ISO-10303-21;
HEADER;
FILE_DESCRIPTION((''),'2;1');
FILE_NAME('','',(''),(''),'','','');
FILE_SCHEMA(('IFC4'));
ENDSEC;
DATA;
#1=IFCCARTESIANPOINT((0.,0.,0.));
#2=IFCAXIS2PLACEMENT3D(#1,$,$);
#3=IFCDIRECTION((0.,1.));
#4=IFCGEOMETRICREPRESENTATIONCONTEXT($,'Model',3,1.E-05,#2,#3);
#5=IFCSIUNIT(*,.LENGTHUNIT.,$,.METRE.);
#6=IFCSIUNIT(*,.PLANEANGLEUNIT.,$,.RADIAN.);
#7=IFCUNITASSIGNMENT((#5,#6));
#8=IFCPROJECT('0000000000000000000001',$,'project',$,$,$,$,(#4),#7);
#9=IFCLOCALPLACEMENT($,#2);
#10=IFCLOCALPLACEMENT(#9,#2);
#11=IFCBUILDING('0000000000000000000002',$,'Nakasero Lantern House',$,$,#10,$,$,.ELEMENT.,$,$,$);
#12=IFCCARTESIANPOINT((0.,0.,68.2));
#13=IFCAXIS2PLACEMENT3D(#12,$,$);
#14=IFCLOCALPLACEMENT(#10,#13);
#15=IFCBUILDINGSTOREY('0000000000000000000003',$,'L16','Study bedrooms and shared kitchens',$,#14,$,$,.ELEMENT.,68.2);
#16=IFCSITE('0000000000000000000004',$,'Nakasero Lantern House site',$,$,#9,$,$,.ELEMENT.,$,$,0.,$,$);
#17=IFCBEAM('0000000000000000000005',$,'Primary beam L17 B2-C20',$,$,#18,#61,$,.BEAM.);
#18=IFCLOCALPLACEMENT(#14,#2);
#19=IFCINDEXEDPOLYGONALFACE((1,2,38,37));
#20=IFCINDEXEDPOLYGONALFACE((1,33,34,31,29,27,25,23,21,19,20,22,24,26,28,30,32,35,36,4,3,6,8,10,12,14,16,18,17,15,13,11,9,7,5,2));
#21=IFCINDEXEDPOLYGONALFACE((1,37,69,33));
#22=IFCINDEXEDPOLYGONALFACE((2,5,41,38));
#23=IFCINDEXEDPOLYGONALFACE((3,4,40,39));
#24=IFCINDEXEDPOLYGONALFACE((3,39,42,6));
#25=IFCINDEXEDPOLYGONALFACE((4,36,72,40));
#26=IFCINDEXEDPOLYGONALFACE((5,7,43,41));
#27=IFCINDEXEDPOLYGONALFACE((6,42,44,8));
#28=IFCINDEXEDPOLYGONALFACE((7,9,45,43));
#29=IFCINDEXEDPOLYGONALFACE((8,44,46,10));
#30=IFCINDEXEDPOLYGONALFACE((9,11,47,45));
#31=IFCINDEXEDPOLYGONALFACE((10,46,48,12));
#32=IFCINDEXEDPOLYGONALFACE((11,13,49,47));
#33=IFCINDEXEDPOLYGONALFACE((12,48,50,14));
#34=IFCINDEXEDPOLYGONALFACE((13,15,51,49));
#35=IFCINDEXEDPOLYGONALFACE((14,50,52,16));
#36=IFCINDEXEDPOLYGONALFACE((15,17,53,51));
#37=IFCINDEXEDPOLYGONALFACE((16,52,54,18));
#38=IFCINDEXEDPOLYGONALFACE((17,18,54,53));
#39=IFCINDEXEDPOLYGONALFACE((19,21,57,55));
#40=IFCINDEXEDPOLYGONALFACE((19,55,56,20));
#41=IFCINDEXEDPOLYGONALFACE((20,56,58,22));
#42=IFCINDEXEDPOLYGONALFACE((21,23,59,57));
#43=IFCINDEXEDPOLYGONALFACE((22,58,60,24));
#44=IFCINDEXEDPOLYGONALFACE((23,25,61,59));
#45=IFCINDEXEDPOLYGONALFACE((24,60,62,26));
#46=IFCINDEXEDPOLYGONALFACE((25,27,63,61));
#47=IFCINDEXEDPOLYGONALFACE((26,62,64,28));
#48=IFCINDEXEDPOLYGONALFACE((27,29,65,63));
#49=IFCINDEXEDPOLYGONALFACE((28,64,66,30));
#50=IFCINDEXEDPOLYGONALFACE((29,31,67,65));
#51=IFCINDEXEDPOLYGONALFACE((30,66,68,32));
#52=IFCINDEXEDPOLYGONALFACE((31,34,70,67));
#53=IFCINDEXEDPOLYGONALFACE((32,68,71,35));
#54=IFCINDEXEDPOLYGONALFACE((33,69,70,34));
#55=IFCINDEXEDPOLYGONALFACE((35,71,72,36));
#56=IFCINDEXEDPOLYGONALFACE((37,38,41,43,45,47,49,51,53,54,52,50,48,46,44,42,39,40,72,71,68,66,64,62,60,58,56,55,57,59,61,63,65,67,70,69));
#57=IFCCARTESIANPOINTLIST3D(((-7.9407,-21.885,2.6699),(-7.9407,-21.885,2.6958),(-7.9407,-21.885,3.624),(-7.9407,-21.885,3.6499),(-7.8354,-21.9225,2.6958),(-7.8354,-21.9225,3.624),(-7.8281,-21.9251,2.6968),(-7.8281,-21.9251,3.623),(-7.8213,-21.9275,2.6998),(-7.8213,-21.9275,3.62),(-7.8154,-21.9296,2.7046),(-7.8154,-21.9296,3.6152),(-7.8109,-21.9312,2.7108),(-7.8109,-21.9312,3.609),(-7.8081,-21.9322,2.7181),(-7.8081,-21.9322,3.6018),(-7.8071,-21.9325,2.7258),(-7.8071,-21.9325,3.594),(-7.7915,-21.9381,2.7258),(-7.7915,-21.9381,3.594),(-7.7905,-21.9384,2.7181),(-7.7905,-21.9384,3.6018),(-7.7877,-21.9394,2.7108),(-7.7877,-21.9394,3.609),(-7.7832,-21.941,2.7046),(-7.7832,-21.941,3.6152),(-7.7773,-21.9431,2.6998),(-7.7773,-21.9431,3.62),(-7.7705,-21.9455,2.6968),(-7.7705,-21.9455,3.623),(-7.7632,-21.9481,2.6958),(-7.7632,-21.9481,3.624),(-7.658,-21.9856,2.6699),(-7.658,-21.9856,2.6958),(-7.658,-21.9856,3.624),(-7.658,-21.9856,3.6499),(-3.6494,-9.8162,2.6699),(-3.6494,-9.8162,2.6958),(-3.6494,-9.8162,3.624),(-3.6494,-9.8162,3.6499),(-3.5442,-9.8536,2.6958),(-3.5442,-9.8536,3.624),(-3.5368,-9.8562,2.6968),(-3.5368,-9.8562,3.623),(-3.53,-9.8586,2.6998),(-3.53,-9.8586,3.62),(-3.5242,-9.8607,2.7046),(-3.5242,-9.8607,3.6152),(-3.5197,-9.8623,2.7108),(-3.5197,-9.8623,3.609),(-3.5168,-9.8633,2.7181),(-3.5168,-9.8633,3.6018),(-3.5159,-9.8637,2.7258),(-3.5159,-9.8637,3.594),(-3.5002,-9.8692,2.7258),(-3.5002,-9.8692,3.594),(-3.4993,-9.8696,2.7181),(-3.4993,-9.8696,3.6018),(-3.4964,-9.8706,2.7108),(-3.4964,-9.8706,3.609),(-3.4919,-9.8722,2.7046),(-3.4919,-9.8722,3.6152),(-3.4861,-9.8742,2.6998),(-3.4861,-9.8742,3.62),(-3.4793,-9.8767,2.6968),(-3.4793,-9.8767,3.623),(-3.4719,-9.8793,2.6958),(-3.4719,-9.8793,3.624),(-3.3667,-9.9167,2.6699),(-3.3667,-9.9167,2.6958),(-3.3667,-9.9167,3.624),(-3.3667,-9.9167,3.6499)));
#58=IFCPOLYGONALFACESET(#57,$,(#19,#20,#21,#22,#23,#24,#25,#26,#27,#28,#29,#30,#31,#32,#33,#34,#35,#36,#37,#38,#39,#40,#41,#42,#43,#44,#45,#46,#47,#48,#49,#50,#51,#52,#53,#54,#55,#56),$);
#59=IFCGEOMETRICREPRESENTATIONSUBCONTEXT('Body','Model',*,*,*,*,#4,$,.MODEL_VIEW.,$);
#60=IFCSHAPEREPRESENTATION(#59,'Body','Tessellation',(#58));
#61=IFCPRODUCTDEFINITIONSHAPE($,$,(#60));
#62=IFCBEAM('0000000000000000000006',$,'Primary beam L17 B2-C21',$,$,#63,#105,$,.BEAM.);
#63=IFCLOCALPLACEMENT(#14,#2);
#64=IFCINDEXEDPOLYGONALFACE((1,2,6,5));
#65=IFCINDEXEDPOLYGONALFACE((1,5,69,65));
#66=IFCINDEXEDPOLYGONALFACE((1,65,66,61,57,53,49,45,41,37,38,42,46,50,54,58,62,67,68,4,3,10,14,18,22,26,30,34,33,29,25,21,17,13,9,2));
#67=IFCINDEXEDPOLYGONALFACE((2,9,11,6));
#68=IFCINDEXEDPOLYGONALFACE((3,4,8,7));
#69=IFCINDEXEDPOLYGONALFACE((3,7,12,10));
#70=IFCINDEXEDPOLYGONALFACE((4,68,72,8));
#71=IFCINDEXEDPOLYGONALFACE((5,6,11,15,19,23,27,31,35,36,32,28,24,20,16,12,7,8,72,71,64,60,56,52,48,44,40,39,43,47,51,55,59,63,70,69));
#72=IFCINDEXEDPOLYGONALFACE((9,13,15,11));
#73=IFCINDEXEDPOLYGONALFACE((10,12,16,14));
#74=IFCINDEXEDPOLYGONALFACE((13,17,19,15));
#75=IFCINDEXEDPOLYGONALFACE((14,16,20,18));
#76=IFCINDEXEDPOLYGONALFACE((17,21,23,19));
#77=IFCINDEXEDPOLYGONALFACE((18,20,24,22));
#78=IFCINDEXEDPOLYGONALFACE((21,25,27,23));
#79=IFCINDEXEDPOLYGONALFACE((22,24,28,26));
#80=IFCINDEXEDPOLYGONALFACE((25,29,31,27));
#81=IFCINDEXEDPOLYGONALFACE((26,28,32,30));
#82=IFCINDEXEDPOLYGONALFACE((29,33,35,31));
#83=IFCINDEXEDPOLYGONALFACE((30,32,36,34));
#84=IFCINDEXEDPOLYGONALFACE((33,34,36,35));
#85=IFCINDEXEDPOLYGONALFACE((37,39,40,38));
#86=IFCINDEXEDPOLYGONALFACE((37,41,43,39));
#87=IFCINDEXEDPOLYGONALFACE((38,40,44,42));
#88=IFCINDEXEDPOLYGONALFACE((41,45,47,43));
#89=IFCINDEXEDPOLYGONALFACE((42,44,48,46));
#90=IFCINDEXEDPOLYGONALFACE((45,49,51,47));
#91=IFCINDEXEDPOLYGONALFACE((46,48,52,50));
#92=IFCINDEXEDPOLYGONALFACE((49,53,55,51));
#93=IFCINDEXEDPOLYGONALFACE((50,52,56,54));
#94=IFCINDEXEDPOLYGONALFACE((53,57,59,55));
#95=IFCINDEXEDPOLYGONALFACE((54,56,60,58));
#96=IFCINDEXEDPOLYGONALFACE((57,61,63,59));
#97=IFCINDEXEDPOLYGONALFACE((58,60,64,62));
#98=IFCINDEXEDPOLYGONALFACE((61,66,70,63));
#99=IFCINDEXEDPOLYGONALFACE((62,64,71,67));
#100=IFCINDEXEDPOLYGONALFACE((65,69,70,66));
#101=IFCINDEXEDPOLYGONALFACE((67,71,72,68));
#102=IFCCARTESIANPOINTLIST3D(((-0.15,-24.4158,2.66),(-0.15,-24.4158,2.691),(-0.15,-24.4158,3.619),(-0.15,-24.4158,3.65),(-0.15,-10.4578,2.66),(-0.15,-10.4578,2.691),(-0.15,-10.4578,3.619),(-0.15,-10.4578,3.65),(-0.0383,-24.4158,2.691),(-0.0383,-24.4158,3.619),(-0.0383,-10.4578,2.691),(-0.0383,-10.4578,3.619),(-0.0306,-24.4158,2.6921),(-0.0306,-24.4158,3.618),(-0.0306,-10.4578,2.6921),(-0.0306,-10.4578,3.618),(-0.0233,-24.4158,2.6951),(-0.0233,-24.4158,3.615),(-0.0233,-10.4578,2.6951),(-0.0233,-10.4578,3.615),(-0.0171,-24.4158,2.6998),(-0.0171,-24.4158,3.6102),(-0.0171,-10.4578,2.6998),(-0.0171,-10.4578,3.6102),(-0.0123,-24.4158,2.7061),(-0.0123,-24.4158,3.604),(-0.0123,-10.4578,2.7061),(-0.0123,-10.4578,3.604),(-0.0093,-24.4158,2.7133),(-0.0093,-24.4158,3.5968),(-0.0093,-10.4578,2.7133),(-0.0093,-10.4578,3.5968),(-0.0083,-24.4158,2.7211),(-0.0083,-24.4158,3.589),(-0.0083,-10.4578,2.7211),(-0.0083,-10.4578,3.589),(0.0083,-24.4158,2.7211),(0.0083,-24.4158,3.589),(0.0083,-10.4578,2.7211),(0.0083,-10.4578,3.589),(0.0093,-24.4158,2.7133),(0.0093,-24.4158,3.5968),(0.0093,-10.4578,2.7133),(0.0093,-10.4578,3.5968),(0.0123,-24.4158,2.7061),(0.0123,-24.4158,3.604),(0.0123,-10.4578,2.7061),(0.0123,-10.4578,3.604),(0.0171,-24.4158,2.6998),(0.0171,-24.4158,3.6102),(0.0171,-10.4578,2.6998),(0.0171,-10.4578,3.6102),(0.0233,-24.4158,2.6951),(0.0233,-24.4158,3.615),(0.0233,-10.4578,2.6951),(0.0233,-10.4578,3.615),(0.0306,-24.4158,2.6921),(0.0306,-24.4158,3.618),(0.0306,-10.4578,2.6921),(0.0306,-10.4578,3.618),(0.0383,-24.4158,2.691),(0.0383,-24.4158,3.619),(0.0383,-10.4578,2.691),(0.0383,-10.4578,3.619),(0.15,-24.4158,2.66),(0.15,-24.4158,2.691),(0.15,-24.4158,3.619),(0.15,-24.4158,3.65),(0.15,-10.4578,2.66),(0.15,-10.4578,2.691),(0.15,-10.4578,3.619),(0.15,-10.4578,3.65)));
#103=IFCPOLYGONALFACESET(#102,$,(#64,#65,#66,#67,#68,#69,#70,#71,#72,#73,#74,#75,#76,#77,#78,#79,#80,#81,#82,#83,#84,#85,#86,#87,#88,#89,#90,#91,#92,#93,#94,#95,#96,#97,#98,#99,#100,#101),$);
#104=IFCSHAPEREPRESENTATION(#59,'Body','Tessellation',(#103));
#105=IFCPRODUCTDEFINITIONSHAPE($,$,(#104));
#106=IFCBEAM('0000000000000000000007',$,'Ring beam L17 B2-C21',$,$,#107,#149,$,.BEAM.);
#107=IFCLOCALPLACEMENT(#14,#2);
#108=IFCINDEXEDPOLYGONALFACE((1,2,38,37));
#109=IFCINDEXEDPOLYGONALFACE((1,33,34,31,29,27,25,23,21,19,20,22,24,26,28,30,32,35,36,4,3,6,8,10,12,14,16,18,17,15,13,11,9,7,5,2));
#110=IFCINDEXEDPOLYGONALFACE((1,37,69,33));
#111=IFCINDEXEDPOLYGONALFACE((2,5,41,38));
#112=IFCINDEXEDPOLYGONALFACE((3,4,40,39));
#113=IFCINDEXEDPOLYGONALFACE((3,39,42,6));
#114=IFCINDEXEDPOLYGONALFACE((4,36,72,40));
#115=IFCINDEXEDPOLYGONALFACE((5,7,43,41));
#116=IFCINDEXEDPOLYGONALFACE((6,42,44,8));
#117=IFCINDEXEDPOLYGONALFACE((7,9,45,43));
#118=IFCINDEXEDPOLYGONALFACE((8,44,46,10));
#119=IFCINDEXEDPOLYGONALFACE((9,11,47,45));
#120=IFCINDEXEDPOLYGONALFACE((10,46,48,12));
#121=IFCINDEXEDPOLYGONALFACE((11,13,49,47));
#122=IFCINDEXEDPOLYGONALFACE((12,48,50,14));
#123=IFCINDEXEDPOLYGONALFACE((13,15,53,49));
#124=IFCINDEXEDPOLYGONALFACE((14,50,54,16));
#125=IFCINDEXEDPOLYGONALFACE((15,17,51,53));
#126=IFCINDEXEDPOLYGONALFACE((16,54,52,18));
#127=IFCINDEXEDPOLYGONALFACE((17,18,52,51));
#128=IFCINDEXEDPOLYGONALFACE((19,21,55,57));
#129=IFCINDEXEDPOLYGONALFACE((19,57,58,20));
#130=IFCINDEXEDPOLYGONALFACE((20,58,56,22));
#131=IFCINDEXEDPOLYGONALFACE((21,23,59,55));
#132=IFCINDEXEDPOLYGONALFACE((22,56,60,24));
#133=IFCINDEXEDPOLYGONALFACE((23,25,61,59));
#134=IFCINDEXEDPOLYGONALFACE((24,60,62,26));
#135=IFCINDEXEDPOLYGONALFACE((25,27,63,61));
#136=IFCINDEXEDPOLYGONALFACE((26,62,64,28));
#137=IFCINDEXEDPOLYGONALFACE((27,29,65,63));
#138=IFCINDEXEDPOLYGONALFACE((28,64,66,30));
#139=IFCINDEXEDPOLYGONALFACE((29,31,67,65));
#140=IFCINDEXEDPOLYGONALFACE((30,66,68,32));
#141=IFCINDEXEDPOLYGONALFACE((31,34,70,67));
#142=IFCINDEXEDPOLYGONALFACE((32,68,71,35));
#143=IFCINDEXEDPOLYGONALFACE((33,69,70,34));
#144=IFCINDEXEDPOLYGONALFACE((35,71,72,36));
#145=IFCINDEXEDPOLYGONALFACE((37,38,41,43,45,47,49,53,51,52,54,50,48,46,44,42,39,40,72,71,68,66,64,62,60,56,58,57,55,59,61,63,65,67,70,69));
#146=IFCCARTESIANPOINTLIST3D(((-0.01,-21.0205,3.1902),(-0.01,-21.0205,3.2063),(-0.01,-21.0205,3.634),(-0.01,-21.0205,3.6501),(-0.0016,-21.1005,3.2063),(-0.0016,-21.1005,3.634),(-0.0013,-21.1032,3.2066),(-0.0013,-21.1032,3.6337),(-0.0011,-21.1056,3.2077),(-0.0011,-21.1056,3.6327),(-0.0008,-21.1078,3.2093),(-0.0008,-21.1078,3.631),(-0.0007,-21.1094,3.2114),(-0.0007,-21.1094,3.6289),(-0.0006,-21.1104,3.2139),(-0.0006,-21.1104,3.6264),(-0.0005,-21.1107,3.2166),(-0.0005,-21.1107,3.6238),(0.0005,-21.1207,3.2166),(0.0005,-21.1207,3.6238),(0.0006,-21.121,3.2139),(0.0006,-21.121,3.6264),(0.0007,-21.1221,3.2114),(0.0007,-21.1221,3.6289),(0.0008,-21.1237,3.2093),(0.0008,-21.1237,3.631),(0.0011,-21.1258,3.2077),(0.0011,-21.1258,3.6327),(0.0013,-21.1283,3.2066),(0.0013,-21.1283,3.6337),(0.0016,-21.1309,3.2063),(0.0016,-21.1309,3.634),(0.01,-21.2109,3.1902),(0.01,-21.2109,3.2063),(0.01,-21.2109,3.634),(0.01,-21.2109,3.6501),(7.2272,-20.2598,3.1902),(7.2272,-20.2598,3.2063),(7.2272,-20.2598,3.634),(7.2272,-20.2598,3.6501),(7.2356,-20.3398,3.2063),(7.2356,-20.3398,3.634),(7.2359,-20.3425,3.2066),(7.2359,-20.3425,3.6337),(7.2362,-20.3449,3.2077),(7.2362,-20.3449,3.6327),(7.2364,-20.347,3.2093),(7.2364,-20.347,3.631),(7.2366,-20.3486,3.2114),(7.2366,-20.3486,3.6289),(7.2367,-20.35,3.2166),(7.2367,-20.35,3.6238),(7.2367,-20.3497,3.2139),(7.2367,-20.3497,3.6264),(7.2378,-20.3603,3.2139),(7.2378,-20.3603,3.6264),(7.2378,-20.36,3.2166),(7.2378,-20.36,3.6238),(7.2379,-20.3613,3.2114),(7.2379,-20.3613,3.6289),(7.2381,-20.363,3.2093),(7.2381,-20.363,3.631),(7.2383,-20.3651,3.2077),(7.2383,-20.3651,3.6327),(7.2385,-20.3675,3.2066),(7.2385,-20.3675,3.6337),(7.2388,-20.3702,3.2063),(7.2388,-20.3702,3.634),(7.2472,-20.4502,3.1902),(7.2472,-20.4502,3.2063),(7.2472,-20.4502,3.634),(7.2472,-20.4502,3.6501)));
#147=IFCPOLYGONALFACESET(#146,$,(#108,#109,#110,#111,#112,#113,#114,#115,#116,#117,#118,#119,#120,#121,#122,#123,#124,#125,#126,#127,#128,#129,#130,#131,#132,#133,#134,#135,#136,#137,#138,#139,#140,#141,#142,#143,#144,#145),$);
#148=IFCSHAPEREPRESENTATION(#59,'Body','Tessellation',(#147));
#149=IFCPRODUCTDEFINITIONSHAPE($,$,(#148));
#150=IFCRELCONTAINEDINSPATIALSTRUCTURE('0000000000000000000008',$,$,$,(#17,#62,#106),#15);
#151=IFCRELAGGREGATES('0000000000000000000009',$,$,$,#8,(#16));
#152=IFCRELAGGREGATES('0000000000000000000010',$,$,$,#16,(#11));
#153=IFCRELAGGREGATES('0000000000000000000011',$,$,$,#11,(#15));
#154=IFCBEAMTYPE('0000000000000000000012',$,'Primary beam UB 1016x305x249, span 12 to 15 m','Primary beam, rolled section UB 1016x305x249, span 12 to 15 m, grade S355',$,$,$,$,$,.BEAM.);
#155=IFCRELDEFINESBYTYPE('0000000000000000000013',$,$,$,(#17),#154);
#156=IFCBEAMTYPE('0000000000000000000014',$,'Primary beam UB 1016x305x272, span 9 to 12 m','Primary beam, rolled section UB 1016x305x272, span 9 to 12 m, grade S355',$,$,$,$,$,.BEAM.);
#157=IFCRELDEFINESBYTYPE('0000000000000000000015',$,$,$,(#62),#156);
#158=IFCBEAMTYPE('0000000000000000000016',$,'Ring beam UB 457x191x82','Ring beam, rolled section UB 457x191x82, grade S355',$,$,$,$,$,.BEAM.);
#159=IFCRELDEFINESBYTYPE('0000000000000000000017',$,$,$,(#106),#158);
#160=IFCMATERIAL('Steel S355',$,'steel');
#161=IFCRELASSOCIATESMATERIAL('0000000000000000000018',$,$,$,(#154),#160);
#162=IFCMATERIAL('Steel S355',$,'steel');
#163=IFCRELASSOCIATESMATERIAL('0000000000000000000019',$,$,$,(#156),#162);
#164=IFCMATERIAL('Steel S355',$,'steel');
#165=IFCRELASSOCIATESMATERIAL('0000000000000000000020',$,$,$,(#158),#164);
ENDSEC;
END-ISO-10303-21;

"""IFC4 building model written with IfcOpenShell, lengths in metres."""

from ifc_helpers import new_model, si_unit, direction, frame, origin, origin_2d, place, context, subcontext, project, spatial, i_section, extrude, material, material_profile, profile_set, type_object, element, save


model = new_model("IFC4")

# Units and contexts
model_context = context("Model", 3, precision=1e-05, world=origin(), true_north=direction((0.0, 1.0)))
body_context = subcontext(model_context, "Body", "Model", "MODEL_VIEW")
ifc_project = project(units=[si_unit("LENGTHUNIT", "METRE"), si_unit("PLANEANGLEUNIT", "RADIAN")], contexts=[model_context])

# Site, building, storey
site_placement = place(None, origin())
site = spatial("IfcSite", under=ifc_project, at=site_placement, Name="Nakasero Lantern House site", CompositionType="ELEMENT", RefElevation=0.0)
building_placement = place(site_placement, origin())
building = spatial("IfcBuilding", under=site, at=building_placement, Name="Nakasero Lantern House", CompositionType="ELEMENT")
storey_placement = place(building_placement, frame((0.0, 0.0, 68.2)))
storey = spatial("IfcBuildingStorey", under=building, at=storey_placement, Name="L16", Description="Study bedrooms and shared kitchens", CompositionType="ELEMENT", Elevation=68.2)

# Beams
ifc_material_1 = material(Name="Steel S355", Category="steel")
ifc_material_profile_1 = material_profile(ifc_material_1, i_section(OverallWidth=0.3, OverallDepth=0.98, WebThickness=0.0166, FlangeThickness=0.0259, FilletRadius=0.03, at=origin_2d()), Name="UB 1016x305x249")
ifc_profile_set_1 = profile_set([ifc_material_profile_1], Name="Steel S355")
beam_type_1 = type_object("IfcBeamType", Name="Primary beam UB 1016x305x249, span 12 to 15 m", Description="Primary beam, rolled section UB 1016x305x249, span 12 to 15 m, grade S355", PredefinedType="BEAM", material=ifc_profile_set_1)
beam_1_placement = place(storey_placement, frame((-7.7993, -21.9353, 3.1599), z_axis=(0.335018, 0.942212, 0.0), x_axis=(-0.942212, 0.335018, 0.0)))
element("IfcBeam", 1, at=beam_1_placement, inside=storey, type_object=beam_type_1, Name="Primary beam L17 B2-C20", PredefinedType="BEAM", context=body_context, shape_type="SweptSolid", body=[
    extrude(i_section(OverallWidth=0.3, OverallDepth=0.98, WebThickness=0.0166, FlangeThickness=0.0259, FilletRadius=0.03, at=origin_2d()), origin(), (0.0, 0.0, 1.0), 12.8091),
])
ifc_material_2 = material(Name="Steel S355", Category="steel")
ifc_material_profile_2 = material_profile(ifc_material_2, i_section(OverallWidth=0.3, OverallDepth=0.99, WebThickness=0.0166, FlangeThickness=0.031, FilletRadius=0.03, at=origin_2d()), Name="UB 1016x305x272")
ifc_profile_set_2 = profile_set([ifc_material_profile_2], Name="Steel S355")
beam_type_2 = type_object("IfcBeamType", Name="Primary beam UB 1016x305x272, span 9 to 12 m", Description="Primary beam, rolled section UB 1016x305x272, span 9 to 12 m, grade S355", PredefinedType="BEAM", material=ifc_profile_set_2)
beam_2_placement = place(storey_placement, frame((0.0, -24.4158, 3.155), z_axis=(0.0, 1.0, 0.0), x_axis=(-1.0, 0.0, 0.0)))
element("IfcBeam", 2, at=beam_2_placement, inside=storey, type_object=beam_type_2, Name="Primary beam L17 B2-C21", PredefinedType="BEAM", context=body_context, shape_type="SweptSolid", body=[
    extrude(i_section(OverallWidth=0.3, OverallDepth=0.99, WebThickness=0.0166, FlangeThickness=0.031, FilletRadius=0.03, at=origin_2d()), origin(), (0.0, 0.0, 1.0), 13.958),
])
ifc_material_3 = material(Name="Steel S355", Category="steel")
ifc_material_profile_3 = material_profile(ifc_material_3, i_section(OverallWidth=0.1914, OverallDepth=0.46, WebThickness=0.01, FlangeThickness=0.0161, FilletRadius=0.0103, at=origin_2d()), Name="UB 457x191x82")
ifc_profile_set_3 = profile_set([ifc_material_profile_3], Name="Steel S355")
beam_type_3 = type_object("IfcBeamType", Name="Ring beam UB 457x191x82", Description="Ring beam, rolled section UB 457x191x82, grade S355", PredefinedType="BEAM", material=ifc_profile_set_3)
beam_3_placement = place(storey_placement, frame((0.0, -21.1157, 3.4202), z_axis=(0.994521, 0.104538, 0.0), x_axis=(-0.104538, 0.994521, 0.0)))
element("IfcBeam", 3, at=beam_3_placement, inside=storey, type_object=beam_type_3, Name="Ring beam L17 B2-C21", PredefinedType="BEAM", context=body_context, shape_type="SweptSolid", body=[
    extrude(i_section(OverallWidth=0.1914, OverallDepth=0.46, WebThickness=0.01, FlangeThickness=0.0161, FilletRadius=0.0103, at=origin_2d()), origin(), (0.0, 0.0, 1.0), 7.2771),
])

save(model, "model.ifc")
